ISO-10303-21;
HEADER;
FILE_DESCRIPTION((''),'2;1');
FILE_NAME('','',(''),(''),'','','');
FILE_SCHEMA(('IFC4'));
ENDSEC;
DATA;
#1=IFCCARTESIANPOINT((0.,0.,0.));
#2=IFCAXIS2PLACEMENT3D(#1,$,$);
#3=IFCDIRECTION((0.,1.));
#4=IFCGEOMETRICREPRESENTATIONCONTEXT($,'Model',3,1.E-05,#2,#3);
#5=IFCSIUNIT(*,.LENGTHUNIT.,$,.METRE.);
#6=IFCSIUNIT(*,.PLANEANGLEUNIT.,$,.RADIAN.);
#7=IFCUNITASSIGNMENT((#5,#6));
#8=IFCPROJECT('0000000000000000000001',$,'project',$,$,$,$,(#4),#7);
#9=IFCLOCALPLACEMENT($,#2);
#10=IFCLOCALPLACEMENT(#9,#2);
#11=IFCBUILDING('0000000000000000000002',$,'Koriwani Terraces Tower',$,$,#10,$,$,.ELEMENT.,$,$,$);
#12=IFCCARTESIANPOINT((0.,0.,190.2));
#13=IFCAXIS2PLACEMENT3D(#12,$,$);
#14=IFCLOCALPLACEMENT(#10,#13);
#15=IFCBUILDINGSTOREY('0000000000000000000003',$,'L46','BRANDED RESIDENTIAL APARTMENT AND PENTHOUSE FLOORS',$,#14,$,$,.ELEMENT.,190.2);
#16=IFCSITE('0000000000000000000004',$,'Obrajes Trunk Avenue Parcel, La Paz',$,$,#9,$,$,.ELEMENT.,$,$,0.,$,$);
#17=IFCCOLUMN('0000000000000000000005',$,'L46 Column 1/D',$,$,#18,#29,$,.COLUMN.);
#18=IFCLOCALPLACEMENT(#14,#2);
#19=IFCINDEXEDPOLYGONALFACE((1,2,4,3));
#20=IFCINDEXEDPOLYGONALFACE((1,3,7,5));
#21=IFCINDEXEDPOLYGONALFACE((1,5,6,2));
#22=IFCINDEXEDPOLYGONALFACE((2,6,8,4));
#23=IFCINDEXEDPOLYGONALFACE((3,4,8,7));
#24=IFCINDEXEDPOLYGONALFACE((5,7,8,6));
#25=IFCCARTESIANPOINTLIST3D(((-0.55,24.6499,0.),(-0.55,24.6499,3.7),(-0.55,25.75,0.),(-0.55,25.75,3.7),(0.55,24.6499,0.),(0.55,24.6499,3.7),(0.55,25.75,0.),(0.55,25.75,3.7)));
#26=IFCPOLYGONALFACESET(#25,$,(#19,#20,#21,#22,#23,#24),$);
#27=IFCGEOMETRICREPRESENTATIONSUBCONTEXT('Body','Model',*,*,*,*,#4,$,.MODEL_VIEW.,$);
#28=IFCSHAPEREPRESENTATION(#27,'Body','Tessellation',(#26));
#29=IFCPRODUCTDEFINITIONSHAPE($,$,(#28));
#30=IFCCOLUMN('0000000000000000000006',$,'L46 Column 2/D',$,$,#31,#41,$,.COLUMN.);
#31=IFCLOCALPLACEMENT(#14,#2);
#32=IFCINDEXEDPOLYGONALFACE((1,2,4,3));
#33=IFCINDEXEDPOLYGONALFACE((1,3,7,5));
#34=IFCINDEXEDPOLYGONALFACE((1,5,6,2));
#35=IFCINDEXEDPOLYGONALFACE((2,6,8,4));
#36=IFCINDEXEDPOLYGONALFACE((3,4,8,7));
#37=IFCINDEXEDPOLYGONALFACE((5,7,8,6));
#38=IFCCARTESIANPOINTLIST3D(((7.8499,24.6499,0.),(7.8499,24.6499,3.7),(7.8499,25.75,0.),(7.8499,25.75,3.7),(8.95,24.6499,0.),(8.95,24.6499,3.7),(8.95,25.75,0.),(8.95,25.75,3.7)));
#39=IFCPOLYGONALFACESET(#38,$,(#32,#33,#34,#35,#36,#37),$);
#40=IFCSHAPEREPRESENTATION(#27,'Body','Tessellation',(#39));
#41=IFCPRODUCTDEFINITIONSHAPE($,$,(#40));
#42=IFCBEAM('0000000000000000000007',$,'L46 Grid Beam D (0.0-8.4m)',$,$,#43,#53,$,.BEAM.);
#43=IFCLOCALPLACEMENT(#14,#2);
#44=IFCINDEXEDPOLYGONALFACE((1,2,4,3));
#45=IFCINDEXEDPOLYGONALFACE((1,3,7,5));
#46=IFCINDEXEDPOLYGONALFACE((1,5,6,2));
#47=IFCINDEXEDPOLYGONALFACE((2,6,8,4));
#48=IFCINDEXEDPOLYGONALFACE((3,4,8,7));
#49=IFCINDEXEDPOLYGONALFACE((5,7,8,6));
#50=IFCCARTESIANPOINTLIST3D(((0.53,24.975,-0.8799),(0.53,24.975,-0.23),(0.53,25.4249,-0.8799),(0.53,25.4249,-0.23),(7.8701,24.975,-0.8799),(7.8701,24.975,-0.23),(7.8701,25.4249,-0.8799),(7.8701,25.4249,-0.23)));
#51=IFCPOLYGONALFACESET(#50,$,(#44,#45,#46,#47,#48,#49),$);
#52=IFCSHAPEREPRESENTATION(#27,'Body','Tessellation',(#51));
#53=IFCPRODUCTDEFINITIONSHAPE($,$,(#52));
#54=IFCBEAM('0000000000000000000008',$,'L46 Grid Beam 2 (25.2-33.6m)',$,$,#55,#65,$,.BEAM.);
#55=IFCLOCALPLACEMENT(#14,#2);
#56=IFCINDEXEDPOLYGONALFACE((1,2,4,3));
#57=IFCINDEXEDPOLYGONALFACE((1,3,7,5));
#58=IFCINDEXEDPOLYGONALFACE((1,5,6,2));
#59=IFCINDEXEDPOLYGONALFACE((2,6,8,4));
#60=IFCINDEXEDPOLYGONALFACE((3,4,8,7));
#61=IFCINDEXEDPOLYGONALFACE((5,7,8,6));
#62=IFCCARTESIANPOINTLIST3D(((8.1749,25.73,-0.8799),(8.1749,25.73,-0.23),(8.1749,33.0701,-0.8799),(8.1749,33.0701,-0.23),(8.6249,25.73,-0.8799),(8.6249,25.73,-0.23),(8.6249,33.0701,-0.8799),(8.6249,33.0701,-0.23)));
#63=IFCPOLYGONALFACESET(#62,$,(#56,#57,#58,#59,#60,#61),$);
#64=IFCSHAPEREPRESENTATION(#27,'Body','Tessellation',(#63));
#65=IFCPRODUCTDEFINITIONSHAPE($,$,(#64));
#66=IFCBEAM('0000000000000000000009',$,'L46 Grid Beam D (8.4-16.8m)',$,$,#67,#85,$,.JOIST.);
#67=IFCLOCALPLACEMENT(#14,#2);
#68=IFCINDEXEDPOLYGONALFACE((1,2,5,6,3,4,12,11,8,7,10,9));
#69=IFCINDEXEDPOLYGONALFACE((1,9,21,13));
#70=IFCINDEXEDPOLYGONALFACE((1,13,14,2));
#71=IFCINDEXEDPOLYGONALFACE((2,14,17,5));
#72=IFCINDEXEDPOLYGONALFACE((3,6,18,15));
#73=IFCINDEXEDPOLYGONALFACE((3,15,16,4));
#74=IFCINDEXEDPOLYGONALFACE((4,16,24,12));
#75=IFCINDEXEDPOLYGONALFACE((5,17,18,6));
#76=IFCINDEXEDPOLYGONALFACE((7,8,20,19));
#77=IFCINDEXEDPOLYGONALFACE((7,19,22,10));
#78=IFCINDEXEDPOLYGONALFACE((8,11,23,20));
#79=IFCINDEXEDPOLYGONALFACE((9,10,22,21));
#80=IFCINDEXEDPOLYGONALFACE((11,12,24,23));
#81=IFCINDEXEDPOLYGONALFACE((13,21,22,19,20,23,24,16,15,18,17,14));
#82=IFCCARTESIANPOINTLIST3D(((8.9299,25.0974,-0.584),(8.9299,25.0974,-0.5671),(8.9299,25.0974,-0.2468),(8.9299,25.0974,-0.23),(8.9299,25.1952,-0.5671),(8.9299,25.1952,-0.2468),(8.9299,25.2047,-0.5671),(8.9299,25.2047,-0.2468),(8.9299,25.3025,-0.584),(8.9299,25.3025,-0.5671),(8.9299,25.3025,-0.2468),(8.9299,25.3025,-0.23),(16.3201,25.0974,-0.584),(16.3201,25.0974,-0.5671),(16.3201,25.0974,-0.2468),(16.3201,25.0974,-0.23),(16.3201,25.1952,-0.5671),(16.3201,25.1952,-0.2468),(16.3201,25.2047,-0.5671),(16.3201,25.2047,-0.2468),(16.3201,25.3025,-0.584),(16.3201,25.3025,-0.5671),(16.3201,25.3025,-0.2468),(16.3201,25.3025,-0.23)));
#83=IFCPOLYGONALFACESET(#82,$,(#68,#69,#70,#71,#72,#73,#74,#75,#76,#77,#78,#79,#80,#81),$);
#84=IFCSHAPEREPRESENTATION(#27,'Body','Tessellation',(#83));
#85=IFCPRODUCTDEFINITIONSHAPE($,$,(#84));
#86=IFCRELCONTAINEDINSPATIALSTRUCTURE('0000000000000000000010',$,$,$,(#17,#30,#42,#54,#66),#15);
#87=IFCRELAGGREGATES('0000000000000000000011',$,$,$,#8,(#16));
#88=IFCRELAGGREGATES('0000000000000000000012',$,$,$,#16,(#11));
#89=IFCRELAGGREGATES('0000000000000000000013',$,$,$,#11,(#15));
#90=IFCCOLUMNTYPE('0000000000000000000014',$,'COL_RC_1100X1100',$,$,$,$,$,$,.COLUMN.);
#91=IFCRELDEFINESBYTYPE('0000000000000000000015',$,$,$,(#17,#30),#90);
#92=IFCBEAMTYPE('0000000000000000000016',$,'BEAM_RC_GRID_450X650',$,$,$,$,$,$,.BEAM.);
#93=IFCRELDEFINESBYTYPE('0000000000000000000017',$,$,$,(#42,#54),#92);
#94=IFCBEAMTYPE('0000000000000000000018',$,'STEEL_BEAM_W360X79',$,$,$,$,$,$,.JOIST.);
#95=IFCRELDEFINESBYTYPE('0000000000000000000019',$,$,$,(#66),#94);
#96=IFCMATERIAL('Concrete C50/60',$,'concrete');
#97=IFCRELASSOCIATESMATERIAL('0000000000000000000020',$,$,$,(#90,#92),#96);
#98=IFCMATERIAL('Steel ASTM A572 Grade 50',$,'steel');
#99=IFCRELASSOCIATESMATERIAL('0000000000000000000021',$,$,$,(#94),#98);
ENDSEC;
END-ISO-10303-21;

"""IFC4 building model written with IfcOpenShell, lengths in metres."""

from ifc_helpers import new_model, si_unit, direction, frame, origin, origin_2d, place, context, subcontext, project, spatial, rectangle, i_section, extrude, material, material_profile, profile_set, type_object, element, save


model = new_model("IFC4")

# Units and contexts
model_context = context("Model", 3, precision=1e-05, world=origin(), true_north=direction((0.0, 1.0)))
body_context = subcontext(model_context, "Body", "Model", "MODEL_VIEW")
ifc_project = project(units=[si_unit("LENGTHUNIT", "METRE"), si_unit("PLANEANGLEUNIT", "RADIAN")], contexts=[model_context])

# Site, building, storey
site_placement = place(None, origin())
site = spatial("IfcSite", under=ifc_project, at=site_placement, Name="Obrajes Trunk Avenue Parcel, La Paz", CompositionType="ELEMENT", RefElevation=0.0)
building_placement = place(site_placement, origin())
building = spatial("IfcBuilding", under=site, at=building_placement, Name="Koriwani Terraces Tower", CompositionType="ELEMENT")
storey_placement = place(building_placement, frame((0.0, 0.0, 190.2)))
storey = spatial("IfcBuildingStorey", under=building, at=storey_placement, Name="L46", Description="BRANDED RESIDENTIAL APARTMENT AND PENTHOUSE FLOORS", CompositionType="ELEMENT", Elevation=190.2)

# Columns
ifc_material_1 = material(Name="Concrete C50/60", Category="concrete")
ifc_material_profile_1 = material_profile(ifc_material_1, rectangle(XDim=1.1001, YDim=1.1001, at=origin_2d()), Name="Concrete C50/60", Category="LoadBearing")
ifc_profile_set_1 = profile_set([ifc_material_profile_1], Name="Concrete C50/60")
column_type = type_object("IfcColumnType", Name="COL_RC_1100X1100", PredefinedType="COLUMN", material=ifc_profile_set_1)
for number, where, z_axis, x_axis, name in (
    (1, (0.0, 25.2, 0.0), (0.0, 0.0, 1.0), (1.0, 0.0, 0.0), "L46 Column 1/D"),
    (2, (8.3999, 25.2, 0.0), (0.0, 0.0, 1.0), (1.0, 0.0, 0.0), "L46 Column 2/D"),
):
    element("IfcColumn", number, at=place(storey_placement, frame(where, z_axis=z_axis, x_axis=x_axis)), inside=storey, type_object=column_type, Name=name, PredefinedType="COLUMN", context=body_context, shape_type="SweptSolid", body=[
        extrude(rectangle(XDim=1.1001, YDim=1.1001, at=origin_2d()), origin(), (0.0, 0.0, 1.0), 3.7),
    ])

# Beams
ifc_material_profile_2 = material_profile(ifc_material_1, rectangle(XDim=0.45, YDim=0.6499, at=origin_2d()), Name="Concrete C50/60", Category="LoadBearing")
ifc_profile_set_2 = profile_set([ifc_material_profile_2], Name="Concrete C50/60")
beam_type_1 = type_object("IfcBeamType", Name="BEAM_RC_GRID_450X650", PredefinedType="BEAM", material=ifc_profile_set_2)
for number, where, z_axis, x_axis, name in (
    (3, (0.53, 25.2, -0.5549), (1.0, 0.0, 0.0), (0.0, 1.0, 0.0), "L46 Grid Beam D (0.0-8.4m)"),
    (4, (8.3999, 25.73, -0.5549), (0.0, 1.0, 0.0), (-1.0, 0.0, 0.0), "L46 Grid Beam 2 (25.2-33.6m)"),
):
    element("IfcBeam", number, at=place(storey_placement, frame(where, z_axis=z_axis, x_axis=x_axis)), inside=storey, type_object=beam_type_1, Name=name, PredefinedType="BEAM", context=body_context, shape_type="SweptSolid", body=[
        extrude(rectangle(XDim=0.45, YDim=0.6499, at=origin_2d()), origin(), (0.0, 0.0, 1.0), 7.3401),
    ])
ifc_material_2 = material(Name="Steel ASTM A572 Grade 50", Category="steel")
ifc_material_profile_3 = material_profile(ifc_material_2, i_section(OverallWidth=0.2051, OverallDepth=0.354, WebThickness=0.0095, FlangeThickness=0.0168, at=origin_2d()), Name="Steel ASTM A572 Grade 50", Category="LoadBearing")
ifc_profile_set_3 = profile_set([ifc_material_profile_3], Name="Steel ASTM A572 Grade 50")
beam_type_2 = type_object("IfcBeamType", Name="STEEL_BEAM_W360X79", PredefinedType="JOIST", material=ifc_profile_set_3)
beam_placement = place(storey_placement, frame((8.9299, 25.2, -0.407), z_axis=(1.0, 0.0, 0.0), x_axis=(0.0, 1.0, 0.0)))
element("IfcBeam", 5, at=beam_placement, inside=storey, type_object=beam_type_2, Name="L46 Grid Beam D (8.4-16.8m)", PredefinedType="JOIST", context=body_context, shape_type="SweptSolid", body=[
    extrude(i_section(OverallWidth=0.2051, OverallDepth=0.354, WebThickness=0.0095, FlangeThickness=0.0168, at=origin_2d()), origin(), (0.0, 0.0, 1.0), 7.3901),
])

save(model, "model.ifc")
